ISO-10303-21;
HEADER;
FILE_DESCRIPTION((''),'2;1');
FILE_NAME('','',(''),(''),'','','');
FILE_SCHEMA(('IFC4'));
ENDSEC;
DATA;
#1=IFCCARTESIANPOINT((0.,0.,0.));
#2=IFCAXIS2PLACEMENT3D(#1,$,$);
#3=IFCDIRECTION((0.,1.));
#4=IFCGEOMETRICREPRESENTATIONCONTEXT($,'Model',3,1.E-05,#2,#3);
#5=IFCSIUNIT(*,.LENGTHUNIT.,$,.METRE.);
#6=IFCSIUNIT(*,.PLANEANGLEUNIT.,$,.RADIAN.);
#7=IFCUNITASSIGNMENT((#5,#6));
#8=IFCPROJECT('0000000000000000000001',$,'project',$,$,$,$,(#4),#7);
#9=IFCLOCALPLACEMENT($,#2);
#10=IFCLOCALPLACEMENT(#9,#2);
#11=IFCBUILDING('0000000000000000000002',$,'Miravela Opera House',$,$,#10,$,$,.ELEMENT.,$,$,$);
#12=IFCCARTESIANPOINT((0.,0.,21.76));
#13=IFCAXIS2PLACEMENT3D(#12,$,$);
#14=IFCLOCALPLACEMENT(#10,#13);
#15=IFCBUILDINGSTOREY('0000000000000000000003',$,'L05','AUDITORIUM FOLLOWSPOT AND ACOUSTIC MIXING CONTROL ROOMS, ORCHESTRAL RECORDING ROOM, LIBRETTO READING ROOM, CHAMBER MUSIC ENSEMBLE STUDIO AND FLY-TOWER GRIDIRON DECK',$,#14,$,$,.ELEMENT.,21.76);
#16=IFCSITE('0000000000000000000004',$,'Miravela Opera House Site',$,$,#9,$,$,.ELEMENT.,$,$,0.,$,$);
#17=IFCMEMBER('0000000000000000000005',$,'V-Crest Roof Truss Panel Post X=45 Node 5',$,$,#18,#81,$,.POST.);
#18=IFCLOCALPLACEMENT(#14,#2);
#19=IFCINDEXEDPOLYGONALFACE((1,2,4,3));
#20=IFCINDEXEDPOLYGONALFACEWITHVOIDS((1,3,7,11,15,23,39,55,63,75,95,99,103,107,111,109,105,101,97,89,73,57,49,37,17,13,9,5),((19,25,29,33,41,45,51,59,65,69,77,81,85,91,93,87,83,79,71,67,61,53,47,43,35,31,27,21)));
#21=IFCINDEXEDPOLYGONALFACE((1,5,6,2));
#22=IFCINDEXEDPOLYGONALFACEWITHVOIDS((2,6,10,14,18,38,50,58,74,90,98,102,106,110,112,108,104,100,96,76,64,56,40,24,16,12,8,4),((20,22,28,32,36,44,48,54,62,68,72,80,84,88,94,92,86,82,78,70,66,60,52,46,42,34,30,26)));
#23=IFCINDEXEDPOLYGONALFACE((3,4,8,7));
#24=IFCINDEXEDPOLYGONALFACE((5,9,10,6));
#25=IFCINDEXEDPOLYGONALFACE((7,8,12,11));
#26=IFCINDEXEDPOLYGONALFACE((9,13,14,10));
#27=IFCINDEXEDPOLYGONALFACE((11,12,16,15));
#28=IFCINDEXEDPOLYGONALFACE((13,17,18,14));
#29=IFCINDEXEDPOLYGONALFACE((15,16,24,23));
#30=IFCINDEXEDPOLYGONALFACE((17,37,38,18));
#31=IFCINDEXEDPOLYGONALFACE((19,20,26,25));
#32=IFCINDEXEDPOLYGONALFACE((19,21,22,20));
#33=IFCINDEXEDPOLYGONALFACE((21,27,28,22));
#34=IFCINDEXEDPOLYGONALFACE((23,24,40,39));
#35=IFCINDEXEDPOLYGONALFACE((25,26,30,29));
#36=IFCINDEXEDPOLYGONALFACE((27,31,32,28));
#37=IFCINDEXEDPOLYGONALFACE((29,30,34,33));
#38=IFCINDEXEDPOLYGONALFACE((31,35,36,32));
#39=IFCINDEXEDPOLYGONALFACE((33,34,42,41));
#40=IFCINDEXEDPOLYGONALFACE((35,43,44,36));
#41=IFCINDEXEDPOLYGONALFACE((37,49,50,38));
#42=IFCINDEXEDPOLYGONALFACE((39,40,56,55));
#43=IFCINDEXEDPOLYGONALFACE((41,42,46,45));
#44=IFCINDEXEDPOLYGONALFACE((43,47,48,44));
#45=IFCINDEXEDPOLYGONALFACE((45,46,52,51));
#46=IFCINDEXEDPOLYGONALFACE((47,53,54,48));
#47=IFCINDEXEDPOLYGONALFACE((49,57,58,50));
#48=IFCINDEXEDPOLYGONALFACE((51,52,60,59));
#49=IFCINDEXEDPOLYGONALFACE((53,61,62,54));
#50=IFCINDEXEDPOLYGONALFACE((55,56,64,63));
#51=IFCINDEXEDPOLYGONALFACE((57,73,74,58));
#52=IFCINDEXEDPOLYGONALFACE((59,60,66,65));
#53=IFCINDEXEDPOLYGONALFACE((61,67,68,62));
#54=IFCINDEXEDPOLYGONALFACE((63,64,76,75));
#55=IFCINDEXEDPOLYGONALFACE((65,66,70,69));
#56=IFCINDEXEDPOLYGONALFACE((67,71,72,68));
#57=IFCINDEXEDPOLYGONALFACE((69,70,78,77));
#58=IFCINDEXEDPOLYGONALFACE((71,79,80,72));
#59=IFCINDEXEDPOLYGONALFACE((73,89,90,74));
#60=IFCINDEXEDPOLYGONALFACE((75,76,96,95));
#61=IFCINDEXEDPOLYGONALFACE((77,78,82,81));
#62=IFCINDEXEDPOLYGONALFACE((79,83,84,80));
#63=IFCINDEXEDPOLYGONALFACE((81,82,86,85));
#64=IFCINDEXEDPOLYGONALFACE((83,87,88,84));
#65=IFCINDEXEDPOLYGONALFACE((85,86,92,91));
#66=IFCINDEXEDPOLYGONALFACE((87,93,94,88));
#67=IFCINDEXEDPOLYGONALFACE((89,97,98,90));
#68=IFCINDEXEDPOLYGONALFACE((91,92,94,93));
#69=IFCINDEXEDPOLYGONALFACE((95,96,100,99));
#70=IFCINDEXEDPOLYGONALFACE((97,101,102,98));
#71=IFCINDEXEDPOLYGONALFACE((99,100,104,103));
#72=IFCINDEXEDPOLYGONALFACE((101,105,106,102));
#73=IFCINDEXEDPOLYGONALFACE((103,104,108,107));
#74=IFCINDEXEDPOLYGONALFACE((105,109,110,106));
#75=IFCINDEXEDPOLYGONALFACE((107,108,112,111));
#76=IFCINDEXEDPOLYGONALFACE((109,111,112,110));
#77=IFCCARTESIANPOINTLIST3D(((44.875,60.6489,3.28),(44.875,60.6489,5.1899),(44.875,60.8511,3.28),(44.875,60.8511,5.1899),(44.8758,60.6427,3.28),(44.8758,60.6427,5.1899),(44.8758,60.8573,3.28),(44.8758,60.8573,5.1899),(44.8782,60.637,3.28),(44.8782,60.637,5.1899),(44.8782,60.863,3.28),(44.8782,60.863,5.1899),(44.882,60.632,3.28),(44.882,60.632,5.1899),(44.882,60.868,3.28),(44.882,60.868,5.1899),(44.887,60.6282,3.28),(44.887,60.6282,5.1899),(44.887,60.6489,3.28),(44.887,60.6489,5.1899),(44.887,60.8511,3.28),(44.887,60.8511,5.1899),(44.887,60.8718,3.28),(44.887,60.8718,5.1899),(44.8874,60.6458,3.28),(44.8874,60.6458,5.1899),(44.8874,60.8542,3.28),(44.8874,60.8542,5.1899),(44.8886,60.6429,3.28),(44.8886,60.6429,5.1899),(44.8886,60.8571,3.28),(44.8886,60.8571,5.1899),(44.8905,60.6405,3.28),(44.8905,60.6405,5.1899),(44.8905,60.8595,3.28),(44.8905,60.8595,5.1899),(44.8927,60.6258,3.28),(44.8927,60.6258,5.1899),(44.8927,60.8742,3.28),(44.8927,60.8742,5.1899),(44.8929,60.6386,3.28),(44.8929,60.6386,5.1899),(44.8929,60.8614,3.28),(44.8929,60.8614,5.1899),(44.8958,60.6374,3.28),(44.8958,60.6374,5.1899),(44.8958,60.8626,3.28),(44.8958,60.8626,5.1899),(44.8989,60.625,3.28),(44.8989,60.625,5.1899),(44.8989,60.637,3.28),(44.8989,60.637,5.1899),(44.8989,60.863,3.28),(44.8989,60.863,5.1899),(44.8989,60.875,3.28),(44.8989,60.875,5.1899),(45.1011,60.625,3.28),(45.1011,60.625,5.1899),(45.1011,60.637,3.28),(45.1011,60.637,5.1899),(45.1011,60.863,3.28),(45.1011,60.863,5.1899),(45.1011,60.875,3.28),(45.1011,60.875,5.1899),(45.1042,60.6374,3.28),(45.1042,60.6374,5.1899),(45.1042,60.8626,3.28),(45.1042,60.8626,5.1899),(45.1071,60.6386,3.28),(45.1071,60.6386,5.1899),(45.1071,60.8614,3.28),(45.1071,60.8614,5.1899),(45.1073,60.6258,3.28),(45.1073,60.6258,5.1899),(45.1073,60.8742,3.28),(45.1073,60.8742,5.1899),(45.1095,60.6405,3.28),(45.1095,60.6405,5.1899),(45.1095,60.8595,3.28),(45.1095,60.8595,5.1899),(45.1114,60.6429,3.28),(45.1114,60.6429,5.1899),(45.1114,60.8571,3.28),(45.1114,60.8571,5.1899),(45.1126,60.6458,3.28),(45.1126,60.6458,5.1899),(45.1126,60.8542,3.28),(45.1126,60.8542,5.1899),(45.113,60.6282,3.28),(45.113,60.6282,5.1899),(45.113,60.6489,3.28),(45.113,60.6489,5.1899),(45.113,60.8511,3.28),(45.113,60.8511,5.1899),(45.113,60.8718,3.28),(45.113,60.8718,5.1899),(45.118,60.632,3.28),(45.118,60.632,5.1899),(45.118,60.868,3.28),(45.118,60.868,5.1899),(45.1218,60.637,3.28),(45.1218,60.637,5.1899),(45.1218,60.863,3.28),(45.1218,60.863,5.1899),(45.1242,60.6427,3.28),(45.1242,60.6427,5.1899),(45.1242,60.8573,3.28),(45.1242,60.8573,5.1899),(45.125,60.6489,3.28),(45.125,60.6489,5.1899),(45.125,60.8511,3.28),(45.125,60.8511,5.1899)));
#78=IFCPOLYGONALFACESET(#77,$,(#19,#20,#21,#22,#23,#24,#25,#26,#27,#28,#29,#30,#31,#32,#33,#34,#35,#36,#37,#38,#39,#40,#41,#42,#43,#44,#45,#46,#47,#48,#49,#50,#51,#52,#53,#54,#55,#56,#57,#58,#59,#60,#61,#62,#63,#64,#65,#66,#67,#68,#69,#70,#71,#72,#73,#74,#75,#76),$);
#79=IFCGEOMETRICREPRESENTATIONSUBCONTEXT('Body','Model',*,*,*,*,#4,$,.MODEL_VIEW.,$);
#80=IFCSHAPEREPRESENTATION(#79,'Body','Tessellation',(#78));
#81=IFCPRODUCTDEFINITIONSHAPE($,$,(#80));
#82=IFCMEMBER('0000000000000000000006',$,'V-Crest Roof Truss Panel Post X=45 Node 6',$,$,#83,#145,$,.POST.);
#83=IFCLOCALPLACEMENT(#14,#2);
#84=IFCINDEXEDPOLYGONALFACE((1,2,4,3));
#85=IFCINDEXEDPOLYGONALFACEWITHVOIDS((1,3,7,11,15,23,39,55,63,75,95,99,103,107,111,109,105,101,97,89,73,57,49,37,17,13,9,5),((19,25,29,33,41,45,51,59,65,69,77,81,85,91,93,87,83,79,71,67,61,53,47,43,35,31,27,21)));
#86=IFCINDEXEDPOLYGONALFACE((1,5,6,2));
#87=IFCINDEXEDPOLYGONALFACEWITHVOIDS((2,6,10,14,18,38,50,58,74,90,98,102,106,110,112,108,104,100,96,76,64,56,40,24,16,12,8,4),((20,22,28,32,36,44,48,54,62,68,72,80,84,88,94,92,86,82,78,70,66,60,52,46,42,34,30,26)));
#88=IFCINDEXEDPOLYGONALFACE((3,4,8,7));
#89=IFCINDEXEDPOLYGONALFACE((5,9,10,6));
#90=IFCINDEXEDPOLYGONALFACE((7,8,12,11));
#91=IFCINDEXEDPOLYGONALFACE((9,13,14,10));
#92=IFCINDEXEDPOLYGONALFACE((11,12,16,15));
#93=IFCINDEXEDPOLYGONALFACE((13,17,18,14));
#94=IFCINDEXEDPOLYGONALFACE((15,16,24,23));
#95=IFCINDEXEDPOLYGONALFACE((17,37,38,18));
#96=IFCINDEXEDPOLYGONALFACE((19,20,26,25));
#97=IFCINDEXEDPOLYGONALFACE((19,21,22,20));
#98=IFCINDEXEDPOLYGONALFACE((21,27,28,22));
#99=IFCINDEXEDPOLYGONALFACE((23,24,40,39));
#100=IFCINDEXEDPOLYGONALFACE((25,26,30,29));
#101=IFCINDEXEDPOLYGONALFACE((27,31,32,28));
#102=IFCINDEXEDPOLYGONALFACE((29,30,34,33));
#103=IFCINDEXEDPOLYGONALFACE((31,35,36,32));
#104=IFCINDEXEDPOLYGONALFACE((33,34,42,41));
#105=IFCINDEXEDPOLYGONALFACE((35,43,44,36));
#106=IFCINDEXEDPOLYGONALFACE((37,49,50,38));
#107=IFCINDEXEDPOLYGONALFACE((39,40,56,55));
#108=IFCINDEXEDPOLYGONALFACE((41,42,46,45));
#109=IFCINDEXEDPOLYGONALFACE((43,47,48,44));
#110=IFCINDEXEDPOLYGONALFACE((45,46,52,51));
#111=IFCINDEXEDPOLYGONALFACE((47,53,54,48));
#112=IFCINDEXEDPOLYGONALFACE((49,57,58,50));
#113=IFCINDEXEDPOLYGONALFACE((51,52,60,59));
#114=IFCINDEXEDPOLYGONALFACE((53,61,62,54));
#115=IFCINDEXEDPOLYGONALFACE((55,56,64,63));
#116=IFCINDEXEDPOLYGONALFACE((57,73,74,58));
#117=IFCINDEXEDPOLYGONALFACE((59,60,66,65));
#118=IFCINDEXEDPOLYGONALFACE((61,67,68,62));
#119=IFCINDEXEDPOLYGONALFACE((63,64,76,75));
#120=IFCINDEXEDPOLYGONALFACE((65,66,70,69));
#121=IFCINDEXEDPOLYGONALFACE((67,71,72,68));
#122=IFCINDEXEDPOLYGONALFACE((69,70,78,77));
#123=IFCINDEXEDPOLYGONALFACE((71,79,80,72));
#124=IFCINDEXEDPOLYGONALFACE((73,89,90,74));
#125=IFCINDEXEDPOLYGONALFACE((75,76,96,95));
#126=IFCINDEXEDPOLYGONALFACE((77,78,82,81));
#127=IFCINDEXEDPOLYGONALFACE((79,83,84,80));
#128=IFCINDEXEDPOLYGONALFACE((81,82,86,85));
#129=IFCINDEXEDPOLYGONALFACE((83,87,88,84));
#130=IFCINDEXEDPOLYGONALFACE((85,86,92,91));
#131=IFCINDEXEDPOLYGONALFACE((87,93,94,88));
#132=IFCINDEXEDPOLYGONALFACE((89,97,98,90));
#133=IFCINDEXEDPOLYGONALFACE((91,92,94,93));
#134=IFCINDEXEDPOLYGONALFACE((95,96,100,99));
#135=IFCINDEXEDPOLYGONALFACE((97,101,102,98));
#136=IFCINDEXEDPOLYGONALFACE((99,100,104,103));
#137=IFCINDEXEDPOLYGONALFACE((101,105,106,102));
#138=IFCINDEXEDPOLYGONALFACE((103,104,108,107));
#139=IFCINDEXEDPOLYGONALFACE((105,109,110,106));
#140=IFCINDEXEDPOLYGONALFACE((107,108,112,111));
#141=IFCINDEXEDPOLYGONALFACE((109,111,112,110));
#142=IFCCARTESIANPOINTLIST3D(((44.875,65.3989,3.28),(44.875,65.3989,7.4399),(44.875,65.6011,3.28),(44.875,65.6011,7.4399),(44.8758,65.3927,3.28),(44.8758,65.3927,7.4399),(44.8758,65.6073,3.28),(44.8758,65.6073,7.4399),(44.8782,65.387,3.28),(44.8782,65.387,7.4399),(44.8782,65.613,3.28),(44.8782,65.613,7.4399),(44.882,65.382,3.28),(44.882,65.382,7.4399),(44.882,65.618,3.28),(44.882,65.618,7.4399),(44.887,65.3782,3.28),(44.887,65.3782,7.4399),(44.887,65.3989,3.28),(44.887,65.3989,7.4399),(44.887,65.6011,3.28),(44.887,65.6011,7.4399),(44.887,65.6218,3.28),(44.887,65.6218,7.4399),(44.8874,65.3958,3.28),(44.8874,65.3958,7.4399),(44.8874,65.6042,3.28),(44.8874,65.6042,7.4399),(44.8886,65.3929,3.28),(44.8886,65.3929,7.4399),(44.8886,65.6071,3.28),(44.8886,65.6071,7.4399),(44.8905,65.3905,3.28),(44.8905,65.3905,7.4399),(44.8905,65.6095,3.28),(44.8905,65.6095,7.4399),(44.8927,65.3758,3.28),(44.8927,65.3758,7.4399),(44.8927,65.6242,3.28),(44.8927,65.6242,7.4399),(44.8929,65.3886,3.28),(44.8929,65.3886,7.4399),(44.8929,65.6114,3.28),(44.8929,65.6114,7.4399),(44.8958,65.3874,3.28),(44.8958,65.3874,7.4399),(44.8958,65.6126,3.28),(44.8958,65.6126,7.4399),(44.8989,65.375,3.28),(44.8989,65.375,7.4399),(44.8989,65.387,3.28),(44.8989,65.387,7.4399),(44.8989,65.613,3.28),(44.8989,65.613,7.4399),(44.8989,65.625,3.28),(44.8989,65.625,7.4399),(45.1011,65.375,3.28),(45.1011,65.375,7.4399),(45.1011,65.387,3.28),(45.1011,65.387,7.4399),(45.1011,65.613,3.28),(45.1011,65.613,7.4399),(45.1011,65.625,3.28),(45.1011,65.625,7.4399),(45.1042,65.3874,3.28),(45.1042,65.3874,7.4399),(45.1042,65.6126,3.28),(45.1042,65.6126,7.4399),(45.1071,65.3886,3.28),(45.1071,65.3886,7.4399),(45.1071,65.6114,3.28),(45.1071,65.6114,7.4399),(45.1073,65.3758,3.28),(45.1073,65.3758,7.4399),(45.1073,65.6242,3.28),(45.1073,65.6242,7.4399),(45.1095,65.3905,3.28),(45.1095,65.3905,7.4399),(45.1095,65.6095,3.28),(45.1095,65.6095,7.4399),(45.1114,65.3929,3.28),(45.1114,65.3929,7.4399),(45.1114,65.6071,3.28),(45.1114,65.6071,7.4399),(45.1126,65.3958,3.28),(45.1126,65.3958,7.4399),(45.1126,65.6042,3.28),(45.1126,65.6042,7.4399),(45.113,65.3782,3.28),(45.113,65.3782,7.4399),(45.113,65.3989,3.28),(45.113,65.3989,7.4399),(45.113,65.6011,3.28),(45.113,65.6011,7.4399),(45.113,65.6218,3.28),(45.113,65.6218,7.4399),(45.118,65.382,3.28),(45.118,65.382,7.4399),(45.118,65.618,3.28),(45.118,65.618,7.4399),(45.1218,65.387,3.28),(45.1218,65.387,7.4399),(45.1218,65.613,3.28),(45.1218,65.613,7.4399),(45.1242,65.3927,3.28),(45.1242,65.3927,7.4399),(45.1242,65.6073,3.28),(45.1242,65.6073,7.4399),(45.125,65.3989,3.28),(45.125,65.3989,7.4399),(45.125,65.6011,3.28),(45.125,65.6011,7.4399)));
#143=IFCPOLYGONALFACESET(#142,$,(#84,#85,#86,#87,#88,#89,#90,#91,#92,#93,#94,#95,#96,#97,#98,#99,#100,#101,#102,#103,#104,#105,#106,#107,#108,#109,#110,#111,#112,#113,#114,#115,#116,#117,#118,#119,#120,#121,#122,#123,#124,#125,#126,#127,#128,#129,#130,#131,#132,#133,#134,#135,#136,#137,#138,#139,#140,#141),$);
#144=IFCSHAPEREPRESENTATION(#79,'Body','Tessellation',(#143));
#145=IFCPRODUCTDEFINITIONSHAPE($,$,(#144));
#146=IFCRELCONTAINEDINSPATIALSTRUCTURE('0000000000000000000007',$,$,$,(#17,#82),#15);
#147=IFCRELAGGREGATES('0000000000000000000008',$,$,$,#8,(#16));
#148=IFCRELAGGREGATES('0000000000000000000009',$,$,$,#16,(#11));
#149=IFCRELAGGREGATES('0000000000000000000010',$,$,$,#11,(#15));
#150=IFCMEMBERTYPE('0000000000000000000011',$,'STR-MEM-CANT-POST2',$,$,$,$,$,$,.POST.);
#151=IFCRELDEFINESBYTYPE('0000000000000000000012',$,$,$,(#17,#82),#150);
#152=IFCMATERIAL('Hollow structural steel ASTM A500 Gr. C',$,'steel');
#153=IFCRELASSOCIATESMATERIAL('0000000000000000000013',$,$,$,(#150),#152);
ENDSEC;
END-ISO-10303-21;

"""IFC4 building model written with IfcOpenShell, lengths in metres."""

from ifc_helpers import new_model, si_unit, direction, frame, origin, origin_2d, place, context, subcontext, project, spatial, hollow_rectangle, extrude, material, material_profile, profile_set, type_object, element, save


model = new_model("IFC4")

# Units and contexts
model_context = context("Model", 3, precision=1e-05, world=origin(), true_north=direction((0.0, 1.0)))
body_context = subcontext(model_context, "Body", "Model", "MODEL_VIEW")
ifc_project = project(units=[si_unit("LENGTHUNIT", "METRE"), si_unit("PLANEANGLEUNIT", "RADIAN")], contexts=[model_context])

# Site, building, storey
site_placement = place(None, origin())
site = spatial("IfcSite", under=ifc_project, at=site_placement, Name="Miravela Opera House Site", CompositionType="ELEMENT", RefElevation=0.0)
building_placement = place(site_placement, origin())
building = spatial("IfcBuilding", under=site, at=building_placement, Name="Miravela Opera House", CompositionType="ELEMENT")
storey_placement = place(building_placement, frame((0.0, 0.0, 21.76)))
storey = spatial("IfcBuildingStorey", under=building, at=storey_placement, Name="L05", Description="AUDITORIUM FOLLOWSPOT AND ACOUSTIC MIXING CONTROL ROOMS, ORCHESTRAL RECORDING ROOM, LIBRETTO READING ROOM, CHAMBER MUSIC ENSEMBLE STUDIO AND FLY-TOWER GRIDIRON DECK", CompositionType="ELEMENT", Elevation=21.76)

# Members
ifc_material_1 = material(Name="Hollow structural steel ASTM A500 Gr. C", Category="steel")
ifc_material_profile_1 = material_profile(ifc_material_1, hollow_rectangle(XDim=0.25, YDim=0.25, WallThickness=0.012, InnerFilletRadius=0.012, OuterFilletRadius=0.0239, at=origin_2d()), Name="HSS250X250X12")
ifc_profile_set_1 = profile_set([ifc_material_profile_1])
member_type_1 = type_object("IfcMemberType", Name="STR-MEM-CANT-POST2", PredefinedType="POST", material=ifc_profile_set_1)
member_1_placement = place(storey_placement, frame((45.0, 60.75, 3.28), z_axis=(0.0, 0.0, 1.0), x_axis=(1.0, 0.0, 0.0)))
element("IfcMember", 1, at=member_1_placement, inside=storey, type_object=member_type_1, Name="V-Crest Roof Truss Panel Post X=45 Node 5", PredefinedType="POST", context=body_context, shape_type="SweptSolid", body=[
    extrude(hollow_rectangle(XDim=0.25, YDim=0.25, WallThickness=0.012, InnerFilletRadius=0.012, OuterFilletRadius=0.0239, at=origin_2d()), origin(), (0.0, 0.0, 1.0), 1.9099),
])
member_2_placement = place(storey_placement, frame((45.0, 65.5, 3.28), z_axis=(0.0, 0.0, 1.0), x_axis=(1.0, 0.0, 0.0)))
element("IfcMember", 2, at=member_2_placement, inside=storey, type_object=member_type_1, Name="V-Crest Roof Truss Panel Post X=45 Node 6", PredefinedType="POST", context=body_context, shape_type="SweptSolid", body=[
    extrude(hollow_rectangle(XDim=0.25, YDim=0.25, WallThickness=0.012, InnerFilletRadius=0.012, OuterFilletRadius=0.0239, at=origin_2d()), origin(), (0.0, 0.0, 1.0), 4.1599),
])

save(model, "model.ifc")
